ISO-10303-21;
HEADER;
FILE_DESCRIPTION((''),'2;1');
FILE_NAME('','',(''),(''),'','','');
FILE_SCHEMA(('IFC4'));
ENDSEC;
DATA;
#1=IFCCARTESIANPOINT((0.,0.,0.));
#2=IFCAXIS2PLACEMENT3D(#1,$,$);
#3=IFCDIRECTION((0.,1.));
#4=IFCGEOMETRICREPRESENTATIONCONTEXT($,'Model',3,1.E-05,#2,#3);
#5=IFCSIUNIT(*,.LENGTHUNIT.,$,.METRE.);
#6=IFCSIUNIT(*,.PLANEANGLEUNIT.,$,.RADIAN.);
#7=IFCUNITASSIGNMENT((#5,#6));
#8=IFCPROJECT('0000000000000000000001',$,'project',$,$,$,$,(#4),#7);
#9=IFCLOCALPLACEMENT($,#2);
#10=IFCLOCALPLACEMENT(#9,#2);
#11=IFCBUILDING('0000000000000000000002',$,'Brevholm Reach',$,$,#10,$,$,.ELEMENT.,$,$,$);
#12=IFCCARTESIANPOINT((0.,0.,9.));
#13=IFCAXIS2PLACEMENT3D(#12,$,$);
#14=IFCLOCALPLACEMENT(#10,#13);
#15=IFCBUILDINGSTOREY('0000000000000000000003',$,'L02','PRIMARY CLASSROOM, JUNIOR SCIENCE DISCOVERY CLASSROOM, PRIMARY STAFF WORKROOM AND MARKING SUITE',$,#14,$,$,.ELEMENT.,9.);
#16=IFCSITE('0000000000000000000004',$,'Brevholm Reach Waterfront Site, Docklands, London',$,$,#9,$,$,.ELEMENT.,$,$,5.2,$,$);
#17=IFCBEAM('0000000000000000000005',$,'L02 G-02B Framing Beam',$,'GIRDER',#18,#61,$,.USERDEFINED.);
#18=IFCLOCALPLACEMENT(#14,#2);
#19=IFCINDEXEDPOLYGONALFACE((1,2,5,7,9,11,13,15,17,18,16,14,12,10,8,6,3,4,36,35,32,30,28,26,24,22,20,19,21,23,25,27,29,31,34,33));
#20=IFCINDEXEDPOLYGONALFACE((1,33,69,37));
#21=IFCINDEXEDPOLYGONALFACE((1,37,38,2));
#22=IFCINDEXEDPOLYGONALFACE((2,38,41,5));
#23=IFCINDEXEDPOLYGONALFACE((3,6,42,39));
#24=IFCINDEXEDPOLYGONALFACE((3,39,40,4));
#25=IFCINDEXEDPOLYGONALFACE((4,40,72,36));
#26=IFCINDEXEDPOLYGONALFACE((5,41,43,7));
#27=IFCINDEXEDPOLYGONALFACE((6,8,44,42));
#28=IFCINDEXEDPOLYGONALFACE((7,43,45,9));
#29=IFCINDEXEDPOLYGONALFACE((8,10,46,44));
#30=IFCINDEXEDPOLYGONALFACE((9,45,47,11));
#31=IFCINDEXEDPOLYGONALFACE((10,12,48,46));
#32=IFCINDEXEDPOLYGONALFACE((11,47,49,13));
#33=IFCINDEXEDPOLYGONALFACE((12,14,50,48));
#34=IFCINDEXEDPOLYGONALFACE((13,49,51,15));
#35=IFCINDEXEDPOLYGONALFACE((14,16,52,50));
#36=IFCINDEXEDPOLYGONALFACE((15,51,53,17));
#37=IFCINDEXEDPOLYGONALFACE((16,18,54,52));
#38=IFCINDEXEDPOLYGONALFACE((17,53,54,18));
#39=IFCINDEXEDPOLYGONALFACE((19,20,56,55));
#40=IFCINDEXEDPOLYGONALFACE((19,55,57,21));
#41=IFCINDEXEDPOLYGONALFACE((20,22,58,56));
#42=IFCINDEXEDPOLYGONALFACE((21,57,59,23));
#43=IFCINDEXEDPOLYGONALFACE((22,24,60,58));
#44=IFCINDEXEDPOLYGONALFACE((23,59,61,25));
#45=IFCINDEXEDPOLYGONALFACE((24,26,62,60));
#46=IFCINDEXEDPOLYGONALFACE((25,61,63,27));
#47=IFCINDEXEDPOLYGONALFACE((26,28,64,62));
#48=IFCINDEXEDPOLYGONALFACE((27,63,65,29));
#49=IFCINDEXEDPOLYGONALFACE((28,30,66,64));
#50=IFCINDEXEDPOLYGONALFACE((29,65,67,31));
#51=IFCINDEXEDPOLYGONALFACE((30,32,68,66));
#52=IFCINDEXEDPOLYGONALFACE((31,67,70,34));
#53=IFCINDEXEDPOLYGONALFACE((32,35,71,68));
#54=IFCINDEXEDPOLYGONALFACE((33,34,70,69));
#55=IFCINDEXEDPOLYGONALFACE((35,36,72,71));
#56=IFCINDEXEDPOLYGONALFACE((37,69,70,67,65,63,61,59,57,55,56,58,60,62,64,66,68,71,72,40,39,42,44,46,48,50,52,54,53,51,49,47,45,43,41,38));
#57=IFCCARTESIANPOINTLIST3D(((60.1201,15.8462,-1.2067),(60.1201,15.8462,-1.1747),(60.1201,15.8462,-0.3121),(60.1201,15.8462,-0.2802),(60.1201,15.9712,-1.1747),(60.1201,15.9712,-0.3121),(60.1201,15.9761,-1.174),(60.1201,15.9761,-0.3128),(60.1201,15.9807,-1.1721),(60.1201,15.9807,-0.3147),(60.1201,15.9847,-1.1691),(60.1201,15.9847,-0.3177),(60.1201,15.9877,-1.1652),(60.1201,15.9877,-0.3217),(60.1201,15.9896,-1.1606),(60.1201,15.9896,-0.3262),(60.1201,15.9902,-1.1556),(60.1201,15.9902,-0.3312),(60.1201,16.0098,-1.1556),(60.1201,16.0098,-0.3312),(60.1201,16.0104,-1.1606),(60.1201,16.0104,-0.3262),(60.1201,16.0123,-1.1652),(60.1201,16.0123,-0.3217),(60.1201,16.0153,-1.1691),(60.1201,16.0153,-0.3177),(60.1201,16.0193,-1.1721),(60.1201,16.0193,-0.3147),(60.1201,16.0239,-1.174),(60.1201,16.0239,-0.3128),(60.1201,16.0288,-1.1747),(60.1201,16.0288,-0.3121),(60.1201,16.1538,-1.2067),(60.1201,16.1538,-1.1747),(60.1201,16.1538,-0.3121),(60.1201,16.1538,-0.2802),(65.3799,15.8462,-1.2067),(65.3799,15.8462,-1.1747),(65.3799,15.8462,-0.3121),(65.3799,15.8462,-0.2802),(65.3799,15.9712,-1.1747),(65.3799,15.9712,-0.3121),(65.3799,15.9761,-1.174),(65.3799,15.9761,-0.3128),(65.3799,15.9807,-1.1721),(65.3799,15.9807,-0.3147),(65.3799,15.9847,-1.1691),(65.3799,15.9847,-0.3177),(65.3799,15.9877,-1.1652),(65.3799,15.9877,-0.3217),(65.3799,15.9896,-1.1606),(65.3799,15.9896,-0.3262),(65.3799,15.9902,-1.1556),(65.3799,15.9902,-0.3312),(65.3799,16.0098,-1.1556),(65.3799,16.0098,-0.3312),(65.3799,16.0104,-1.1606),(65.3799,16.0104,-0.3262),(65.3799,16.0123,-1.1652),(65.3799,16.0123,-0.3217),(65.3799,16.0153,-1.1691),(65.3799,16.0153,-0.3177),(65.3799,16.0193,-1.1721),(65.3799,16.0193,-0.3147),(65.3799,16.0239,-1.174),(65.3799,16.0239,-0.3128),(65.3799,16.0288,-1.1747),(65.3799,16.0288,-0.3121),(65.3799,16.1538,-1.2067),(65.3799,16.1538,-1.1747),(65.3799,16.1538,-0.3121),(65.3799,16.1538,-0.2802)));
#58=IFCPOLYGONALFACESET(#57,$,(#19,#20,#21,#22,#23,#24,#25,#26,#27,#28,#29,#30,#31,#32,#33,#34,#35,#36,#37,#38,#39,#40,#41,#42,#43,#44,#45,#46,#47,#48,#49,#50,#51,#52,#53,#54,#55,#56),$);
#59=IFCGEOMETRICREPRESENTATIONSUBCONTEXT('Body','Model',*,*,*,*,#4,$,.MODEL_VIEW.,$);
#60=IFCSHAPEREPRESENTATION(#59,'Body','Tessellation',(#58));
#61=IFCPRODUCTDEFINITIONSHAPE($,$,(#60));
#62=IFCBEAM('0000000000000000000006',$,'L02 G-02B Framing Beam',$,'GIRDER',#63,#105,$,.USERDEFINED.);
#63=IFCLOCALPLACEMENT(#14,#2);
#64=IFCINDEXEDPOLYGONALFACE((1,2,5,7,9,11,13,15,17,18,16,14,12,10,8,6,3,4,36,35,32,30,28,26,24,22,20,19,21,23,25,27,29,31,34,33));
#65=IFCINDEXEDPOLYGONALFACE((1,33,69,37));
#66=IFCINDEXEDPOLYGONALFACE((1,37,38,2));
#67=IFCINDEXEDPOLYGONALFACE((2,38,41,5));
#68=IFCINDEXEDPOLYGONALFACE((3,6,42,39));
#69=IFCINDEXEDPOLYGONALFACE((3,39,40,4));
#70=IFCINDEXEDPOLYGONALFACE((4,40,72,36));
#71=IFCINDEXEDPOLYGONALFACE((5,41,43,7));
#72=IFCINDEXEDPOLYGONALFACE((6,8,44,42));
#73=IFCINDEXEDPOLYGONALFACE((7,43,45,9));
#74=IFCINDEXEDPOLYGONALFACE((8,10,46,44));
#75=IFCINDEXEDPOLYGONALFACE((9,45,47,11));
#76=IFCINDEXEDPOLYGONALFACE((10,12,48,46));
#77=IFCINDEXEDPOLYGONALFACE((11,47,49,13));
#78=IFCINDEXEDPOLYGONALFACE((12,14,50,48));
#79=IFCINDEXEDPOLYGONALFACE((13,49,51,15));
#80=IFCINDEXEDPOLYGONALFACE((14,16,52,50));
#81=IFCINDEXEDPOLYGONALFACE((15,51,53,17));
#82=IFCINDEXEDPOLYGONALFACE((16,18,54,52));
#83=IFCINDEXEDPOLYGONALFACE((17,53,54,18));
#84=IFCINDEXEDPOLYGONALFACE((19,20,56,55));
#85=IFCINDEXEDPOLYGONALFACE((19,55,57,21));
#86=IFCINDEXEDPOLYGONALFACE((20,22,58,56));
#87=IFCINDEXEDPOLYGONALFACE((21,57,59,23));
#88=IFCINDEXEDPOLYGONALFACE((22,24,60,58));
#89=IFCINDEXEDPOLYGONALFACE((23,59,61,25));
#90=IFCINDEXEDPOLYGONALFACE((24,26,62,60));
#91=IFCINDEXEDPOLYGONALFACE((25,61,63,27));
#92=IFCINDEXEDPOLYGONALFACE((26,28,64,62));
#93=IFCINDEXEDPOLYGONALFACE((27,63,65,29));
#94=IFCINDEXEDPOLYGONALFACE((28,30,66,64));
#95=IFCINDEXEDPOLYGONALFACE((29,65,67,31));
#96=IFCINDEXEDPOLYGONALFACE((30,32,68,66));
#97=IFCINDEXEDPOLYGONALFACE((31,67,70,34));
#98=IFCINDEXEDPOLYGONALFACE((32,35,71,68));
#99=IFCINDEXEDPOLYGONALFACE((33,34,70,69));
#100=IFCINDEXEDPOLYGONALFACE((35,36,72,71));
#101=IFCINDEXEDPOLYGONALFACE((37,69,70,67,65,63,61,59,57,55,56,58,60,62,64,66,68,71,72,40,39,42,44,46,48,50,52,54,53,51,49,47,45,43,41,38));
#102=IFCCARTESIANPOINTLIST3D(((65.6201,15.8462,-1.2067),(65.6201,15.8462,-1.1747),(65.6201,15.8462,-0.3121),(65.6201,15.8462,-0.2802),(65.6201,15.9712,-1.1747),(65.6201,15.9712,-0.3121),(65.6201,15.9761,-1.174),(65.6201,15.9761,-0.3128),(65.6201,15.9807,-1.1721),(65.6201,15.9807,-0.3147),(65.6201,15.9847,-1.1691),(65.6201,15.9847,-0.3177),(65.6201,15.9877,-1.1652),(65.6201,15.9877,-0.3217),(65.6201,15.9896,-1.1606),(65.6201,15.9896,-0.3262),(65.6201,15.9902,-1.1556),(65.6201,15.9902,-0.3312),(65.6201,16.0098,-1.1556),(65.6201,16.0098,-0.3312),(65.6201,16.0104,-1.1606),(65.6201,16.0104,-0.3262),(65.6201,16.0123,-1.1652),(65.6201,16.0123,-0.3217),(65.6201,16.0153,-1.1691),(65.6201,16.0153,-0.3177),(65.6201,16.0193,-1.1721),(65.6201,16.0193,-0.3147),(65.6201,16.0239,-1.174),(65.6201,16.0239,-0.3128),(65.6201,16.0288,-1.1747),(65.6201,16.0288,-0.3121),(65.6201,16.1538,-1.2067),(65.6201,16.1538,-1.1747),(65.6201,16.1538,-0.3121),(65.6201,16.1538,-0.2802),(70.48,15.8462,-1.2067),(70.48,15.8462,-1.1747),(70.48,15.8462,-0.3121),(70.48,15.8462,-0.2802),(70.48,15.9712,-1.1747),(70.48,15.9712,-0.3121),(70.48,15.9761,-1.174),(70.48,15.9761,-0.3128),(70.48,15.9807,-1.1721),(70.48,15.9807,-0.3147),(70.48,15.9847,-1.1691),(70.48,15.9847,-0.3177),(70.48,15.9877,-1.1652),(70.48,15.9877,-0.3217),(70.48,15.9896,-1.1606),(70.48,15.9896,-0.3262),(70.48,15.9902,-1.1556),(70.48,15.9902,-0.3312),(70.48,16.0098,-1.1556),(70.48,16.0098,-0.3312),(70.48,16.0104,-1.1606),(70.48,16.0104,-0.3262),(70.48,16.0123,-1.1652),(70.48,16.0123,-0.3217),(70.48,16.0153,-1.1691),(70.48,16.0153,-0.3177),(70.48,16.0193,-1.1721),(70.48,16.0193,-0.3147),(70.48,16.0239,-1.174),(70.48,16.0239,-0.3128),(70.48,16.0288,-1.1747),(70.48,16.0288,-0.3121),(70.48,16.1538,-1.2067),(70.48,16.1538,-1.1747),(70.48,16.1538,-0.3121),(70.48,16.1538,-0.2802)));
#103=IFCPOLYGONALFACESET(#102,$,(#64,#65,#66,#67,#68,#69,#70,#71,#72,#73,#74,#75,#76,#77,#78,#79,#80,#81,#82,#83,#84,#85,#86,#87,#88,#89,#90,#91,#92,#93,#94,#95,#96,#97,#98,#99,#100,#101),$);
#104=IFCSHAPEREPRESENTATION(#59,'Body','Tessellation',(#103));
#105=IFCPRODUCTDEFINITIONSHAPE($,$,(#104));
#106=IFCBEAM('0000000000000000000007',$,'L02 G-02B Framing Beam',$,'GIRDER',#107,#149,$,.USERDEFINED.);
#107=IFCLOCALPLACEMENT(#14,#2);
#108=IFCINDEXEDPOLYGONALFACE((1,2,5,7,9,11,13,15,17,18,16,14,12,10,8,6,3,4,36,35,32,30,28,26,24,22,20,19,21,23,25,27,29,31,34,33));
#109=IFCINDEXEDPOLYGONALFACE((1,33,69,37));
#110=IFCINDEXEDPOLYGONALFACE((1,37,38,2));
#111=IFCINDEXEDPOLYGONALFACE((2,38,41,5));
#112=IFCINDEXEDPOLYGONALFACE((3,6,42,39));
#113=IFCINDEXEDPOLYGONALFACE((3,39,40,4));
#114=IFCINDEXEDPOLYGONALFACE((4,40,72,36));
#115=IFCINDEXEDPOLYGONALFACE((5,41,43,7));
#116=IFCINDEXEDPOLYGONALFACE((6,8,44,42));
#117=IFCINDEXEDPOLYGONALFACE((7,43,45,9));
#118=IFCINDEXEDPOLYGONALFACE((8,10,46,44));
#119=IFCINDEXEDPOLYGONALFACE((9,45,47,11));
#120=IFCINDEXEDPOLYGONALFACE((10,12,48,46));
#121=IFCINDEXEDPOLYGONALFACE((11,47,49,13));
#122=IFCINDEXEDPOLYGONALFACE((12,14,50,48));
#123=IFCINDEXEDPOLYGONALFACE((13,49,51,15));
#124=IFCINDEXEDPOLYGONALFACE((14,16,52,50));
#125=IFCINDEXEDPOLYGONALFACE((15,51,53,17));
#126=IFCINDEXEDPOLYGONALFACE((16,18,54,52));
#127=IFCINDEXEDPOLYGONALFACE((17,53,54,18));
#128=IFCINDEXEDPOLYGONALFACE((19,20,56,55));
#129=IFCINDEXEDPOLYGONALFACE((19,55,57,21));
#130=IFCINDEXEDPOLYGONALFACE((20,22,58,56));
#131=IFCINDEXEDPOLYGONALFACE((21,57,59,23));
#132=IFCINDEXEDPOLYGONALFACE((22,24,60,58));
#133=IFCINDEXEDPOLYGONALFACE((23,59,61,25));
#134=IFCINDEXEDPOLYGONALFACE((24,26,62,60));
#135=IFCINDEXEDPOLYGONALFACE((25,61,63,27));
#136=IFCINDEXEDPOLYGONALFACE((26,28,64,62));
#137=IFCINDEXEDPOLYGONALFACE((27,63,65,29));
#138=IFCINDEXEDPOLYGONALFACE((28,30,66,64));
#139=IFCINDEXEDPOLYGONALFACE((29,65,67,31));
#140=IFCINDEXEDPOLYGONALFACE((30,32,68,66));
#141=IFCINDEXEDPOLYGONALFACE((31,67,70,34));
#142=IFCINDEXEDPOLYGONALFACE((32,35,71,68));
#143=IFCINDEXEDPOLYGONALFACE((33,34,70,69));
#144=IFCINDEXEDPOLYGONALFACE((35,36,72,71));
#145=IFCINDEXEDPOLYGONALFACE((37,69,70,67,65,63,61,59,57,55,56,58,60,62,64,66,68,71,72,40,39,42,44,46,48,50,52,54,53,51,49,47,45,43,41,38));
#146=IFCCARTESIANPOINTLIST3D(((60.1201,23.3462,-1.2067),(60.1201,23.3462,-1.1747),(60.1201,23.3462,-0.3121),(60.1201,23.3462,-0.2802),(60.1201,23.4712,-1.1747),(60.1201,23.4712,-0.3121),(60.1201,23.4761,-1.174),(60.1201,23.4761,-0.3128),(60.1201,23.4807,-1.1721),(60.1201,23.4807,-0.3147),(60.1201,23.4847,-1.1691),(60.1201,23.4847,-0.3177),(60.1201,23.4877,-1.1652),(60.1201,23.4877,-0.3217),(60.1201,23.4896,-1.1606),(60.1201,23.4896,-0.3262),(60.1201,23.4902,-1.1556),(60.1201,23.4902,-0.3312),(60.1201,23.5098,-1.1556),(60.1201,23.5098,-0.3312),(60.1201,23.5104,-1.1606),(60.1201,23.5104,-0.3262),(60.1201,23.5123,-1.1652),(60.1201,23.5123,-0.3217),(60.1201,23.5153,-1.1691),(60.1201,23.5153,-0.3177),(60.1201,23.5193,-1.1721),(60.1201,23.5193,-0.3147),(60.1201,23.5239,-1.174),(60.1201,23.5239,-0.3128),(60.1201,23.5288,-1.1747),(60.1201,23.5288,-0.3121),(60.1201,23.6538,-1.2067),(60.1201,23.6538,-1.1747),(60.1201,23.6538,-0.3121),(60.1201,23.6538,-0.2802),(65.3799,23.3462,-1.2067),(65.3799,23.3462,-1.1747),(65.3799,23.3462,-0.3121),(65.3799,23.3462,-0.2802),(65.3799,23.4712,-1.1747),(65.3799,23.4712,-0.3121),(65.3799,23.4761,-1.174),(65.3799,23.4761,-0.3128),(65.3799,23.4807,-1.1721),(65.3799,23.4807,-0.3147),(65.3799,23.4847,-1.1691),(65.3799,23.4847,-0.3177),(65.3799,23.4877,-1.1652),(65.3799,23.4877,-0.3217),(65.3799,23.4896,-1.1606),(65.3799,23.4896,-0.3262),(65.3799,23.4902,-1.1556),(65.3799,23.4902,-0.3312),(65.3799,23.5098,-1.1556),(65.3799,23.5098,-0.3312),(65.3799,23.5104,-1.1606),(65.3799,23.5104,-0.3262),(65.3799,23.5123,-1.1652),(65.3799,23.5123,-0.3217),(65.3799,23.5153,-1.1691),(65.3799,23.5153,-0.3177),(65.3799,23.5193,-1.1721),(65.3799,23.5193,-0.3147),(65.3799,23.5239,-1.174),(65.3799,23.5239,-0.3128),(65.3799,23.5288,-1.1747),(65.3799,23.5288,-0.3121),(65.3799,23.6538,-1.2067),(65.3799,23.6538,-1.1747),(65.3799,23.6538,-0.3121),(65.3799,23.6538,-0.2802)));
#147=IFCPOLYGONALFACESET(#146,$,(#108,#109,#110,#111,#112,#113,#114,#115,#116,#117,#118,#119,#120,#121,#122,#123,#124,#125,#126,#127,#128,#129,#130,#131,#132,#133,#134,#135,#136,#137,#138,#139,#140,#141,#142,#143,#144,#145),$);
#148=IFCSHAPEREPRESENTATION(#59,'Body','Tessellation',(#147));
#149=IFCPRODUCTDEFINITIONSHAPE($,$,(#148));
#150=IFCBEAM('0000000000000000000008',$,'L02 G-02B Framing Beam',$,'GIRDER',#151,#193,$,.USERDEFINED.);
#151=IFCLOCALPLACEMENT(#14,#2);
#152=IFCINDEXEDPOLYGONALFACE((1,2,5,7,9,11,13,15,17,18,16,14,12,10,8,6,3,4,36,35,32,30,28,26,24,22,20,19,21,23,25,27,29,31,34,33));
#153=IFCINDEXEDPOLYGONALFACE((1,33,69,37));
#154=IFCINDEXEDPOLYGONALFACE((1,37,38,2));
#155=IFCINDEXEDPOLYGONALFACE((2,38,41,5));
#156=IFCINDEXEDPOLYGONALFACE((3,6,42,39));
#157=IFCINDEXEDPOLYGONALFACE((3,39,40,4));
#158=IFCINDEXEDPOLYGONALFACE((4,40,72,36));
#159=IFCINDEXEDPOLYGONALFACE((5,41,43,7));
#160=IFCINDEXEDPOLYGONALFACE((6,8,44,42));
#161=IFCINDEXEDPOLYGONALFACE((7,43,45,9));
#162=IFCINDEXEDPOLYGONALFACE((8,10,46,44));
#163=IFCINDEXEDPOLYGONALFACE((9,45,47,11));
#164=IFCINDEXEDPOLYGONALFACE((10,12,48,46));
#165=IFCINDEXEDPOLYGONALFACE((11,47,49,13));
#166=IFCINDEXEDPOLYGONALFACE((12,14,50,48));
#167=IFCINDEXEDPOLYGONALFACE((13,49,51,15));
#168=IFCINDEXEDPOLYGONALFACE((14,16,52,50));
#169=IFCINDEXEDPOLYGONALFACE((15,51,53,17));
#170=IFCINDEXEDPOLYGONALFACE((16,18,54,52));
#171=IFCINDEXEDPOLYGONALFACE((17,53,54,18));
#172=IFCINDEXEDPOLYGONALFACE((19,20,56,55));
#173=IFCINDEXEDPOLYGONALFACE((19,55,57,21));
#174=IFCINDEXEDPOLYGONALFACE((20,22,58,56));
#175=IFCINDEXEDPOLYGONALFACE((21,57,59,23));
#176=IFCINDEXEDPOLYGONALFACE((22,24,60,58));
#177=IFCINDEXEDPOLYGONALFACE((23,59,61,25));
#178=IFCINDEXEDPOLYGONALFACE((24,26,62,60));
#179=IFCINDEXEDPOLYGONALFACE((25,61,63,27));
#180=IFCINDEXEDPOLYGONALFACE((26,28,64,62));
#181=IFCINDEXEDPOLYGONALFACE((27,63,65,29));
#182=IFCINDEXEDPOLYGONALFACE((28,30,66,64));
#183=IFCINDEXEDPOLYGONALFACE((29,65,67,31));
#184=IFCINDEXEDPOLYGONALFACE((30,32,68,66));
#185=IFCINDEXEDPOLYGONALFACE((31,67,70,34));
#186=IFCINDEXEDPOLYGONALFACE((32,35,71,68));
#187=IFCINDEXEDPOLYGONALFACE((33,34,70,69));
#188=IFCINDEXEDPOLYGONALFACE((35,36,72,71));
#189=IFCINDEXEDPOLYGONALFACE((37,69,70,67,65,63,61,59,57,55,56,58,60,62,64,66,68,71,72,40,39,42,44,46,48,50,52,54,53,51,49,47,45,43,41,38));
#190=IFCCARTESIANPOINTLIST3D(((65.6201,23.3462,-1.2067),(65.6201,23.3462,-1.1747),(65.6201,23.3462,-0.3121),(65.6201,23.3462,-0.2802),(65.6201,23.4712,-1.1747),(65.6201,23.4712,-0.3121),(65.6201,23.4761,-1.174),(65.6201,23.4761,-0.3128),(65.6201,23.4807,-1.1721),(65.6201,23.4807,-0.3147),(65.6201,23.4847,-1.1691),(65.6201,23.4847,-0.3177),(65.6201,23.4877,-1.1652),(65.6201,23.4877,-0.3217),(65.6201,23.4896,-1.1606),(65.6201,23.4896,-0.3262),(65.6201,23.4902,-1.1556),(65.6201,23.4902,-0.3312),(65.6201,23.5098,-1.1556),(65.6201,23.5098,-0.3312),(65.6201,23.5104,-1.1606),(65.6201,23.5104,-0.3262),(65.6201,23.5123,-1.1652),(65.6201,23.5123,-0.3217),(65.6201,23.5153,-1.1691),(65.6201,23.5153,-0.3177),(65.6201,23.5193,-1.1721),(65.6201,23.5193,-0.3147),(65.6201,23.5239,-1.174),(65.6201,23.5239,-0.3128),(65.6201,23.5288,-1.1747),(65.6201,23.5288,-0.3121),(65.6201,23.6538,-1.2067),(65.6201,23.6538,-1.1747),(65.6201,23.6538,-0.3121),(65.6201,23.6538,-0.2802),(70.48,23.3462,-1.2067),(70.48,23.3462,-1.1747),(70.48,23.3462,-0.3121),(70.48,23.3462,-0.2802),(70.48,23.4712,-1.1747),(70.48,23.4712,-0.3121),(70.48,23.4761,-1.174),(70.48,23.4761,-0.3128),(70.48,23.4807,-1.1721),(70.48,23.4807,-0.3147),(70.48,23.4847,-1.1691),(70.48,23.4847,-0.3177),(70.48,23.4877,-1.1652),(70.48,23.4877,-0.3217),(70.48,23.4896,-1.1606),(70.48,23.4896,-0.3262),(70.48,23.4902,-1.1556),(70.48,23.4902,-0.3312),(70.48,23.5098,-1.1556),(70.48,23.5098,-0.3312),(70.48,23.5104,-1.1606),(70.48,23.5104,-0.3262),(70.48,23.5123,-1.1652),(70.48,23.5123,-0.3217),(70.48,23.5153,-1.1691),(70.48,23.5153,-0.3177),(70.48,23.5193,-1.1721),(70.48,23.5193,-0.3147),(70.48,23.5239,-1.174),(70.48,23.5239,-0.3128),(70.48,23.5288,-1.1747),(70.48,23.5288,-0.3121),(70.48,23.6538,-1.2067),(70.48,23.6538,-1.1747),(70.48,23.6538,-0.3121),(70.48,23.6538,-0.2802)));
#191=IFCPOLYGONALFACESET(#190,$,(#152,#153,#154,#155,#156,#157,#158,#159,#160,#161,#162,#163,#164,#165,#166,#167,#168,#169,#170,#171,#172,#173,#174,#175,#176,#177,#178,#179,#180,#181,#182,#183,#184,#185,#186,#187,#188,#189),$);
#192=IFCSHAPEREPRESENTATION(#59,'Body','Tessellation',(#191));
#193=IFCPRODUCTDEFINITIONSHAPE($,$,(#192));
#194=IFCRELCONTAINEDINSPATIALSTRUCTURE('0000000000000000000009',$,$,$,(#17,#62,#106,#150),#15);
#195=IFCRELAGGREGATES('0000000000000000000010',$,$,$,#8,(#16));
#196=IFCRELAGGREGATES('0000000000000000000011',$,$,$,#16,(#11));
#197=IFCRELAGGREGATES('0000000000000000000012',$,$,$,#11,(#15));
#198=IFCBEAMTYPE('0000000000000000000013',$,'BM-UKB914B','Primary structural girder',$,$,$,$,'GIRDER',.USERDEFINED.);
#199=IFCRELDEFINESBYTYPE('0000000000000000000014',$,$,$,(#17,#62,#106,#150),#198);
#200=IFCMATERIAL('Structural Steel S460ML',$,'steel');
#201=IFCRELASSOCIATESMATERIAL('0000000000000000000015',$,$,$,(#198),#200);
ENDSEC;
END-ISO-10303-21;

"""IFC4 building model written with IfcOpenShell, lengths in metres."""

from ifc_helpers import new_model, si_unit, direction, frame, origin, origin_2d, place, context, subcontext, project, spatial, i_section, extrude, material, material_profile, profile_set, type_object, element, save


model = new_model("IFC4")

# Units and contexts
model_context = context("Model", 3, precision=1e-05, world=origin(), true_north=direction((0.0, 1.0)))
body_context = subcontext(model_context, "Body", "Model", "MODEL_VIEW")
ifc_project = project(units=[si_unit("LENGTHUNIT", "METRE"), si_unit("PLANEANGLEUNIT", "RADIAN")], contexts=[model_context])

# Site, building, storey
site_placement = place(None, origin())
site = spatial("IfcSite", under=ifc_project, at=site_placement, Name="Brevholm Reach Waterfront Site, Docklands, London", CompositionType="ELEMENT", RefElevation=5.2)
building_placement = place(site_placement, origin())
building = spatial("IfcBuilding", under=site, at=building_placement, Name="Brevholm Reach", CompositionType="ELEMENT")
storey_placement = place(building_placement, frame((0.0, 0.0, 9.0)))
storey = spatial("IfcBuildingStorey", under=building, at=storey_placement, Name="L02", Description="PRIMARY CLASSROOM, JUNIOR SCIENCE DISCOVERY CLASSROOM, PRIMARY STAFF WORKROOM AND MARKING SUITE", CompositionType="ELEMENT", Elevation=9.0)

# Beams
ifc_material_1 = material(Name="Structural Steel S460ML", Category="steel")
ifc_material_profile_1 = material_profile(ifc_material_1, i_section(OverallWidth=0.3076, OverallDepth=0.9265, WebThickness=0.0195, FlangeThickness=0.032, FilletRadius=0.019, at=origin_2d()), Name="UKB 914x305x289")
ifc_profile_set_1 = profile_set([ifc_material_profile_1], Name="Structural Steel S460ML")
beam_type_1 = type_object("IfcBeamType", Name="BM-UKB914B", Description="Primary structural girder", ElementType="GIRDER", PredefinedType="USERDEFINED", material=ifc_profile_set_1)
beam_1_placement = place(storey_placement, frame((60.1201, 16.0, -0.7434), z_axis=(1.0, 0.0, 0.0), x_axis=(0.0, 1.0, 0.0)))
element("IfcBeam", 1, at=beam_1_placement, inside=storey, type_object=beam_type_1, Name="L02 G-02B Framing Beam", ObjectType="GIRDER", PredefinedType="USERDEFINED", context=body_context, shape_type="SweptSolid", body=[
    extrude(i_section(OverallWidth=0.3076, OverallDepth=0.9265, WebThickness=0.0195, FlangeThickness=0.032, FilletRadius=0.019, at=origin_2d()), origin(), (0.0, 0.0, 1.0), 5.2598),
])
beam_2_placement = place(storey_placement, frame((65.6201, 16.0, -0.7434), z_axis=(1.0, 0.0, 0.0), x_axis=(0.0, 1.0, 0.0)))
element("IfcBeam", 2, at=beam_2_placement, inside=storey, type_object=beam_type_1, Name="L02 G-02B Framing Beam", ObjectType="GIRDER", PredefinedType="USERDEFINED", context=body_context, shape_type="SweptSolid", body=[
    extrude(i_section(OverallWidth=0.3076, OverallDepth=0.9265, WebThickness=0.0195, FlangeThickness=0.032, FilletRadius=0.019, at=origin_2d()), origin(), (0.0, 0.0, 1.0), 4.8599),
])
beam_3_placement = place(storey_placement, frame((60.1201, 23.5, -0.7434), z_axis=(1.0, 0.0, 0.0), x_axis=(0.0, 1.0, 0.0)))
element("IfcBeam", 3, at=beam_3_placement, inside=storey, type_object=beam_type_1, Name="L02 G-02B Framing Beam", ObjectType="GIRDER", PredefinedType="USERDEFINED", context=body_context, shape_type="SweptSolid", body=[
    extrude(i_section(OverallWidth=0.3076, OverallDepth=0.9265, WebThickness=0.0195, FlangeThickness=0.032, FilletRadius=0.019, at=origin_2d()), origin(), (0.0, 0.0, 1.0), 5.2598),
])
beam_4_placement = place(storey_placement, frame((65.6201, 23.5, -0.7434), z_axis=(1.0, 0.0, 0.0), x_axis=(0.0, 1.0, 0.0)))
element("IfcBeam", 4, at=beam_4_placement, inside=storey, type_object=beam_type_1, Name="L02 G-02B Framing Beam", ObjectType="GIRDER", PredefinedType="USERDEFINED", context=body_context, shape_type="SweptSolid", body=[
    extrude(i_section(OverallWidth=0.3076, OverallDepth=0.9265, WebThickness=0.0195, FlangeThickness=0.032, FilletRadius=0.019, at=origin_2d()), origin(), (0.0, 0.0, 1.0), 4.8599),
])

save(model, "model.ifc")
